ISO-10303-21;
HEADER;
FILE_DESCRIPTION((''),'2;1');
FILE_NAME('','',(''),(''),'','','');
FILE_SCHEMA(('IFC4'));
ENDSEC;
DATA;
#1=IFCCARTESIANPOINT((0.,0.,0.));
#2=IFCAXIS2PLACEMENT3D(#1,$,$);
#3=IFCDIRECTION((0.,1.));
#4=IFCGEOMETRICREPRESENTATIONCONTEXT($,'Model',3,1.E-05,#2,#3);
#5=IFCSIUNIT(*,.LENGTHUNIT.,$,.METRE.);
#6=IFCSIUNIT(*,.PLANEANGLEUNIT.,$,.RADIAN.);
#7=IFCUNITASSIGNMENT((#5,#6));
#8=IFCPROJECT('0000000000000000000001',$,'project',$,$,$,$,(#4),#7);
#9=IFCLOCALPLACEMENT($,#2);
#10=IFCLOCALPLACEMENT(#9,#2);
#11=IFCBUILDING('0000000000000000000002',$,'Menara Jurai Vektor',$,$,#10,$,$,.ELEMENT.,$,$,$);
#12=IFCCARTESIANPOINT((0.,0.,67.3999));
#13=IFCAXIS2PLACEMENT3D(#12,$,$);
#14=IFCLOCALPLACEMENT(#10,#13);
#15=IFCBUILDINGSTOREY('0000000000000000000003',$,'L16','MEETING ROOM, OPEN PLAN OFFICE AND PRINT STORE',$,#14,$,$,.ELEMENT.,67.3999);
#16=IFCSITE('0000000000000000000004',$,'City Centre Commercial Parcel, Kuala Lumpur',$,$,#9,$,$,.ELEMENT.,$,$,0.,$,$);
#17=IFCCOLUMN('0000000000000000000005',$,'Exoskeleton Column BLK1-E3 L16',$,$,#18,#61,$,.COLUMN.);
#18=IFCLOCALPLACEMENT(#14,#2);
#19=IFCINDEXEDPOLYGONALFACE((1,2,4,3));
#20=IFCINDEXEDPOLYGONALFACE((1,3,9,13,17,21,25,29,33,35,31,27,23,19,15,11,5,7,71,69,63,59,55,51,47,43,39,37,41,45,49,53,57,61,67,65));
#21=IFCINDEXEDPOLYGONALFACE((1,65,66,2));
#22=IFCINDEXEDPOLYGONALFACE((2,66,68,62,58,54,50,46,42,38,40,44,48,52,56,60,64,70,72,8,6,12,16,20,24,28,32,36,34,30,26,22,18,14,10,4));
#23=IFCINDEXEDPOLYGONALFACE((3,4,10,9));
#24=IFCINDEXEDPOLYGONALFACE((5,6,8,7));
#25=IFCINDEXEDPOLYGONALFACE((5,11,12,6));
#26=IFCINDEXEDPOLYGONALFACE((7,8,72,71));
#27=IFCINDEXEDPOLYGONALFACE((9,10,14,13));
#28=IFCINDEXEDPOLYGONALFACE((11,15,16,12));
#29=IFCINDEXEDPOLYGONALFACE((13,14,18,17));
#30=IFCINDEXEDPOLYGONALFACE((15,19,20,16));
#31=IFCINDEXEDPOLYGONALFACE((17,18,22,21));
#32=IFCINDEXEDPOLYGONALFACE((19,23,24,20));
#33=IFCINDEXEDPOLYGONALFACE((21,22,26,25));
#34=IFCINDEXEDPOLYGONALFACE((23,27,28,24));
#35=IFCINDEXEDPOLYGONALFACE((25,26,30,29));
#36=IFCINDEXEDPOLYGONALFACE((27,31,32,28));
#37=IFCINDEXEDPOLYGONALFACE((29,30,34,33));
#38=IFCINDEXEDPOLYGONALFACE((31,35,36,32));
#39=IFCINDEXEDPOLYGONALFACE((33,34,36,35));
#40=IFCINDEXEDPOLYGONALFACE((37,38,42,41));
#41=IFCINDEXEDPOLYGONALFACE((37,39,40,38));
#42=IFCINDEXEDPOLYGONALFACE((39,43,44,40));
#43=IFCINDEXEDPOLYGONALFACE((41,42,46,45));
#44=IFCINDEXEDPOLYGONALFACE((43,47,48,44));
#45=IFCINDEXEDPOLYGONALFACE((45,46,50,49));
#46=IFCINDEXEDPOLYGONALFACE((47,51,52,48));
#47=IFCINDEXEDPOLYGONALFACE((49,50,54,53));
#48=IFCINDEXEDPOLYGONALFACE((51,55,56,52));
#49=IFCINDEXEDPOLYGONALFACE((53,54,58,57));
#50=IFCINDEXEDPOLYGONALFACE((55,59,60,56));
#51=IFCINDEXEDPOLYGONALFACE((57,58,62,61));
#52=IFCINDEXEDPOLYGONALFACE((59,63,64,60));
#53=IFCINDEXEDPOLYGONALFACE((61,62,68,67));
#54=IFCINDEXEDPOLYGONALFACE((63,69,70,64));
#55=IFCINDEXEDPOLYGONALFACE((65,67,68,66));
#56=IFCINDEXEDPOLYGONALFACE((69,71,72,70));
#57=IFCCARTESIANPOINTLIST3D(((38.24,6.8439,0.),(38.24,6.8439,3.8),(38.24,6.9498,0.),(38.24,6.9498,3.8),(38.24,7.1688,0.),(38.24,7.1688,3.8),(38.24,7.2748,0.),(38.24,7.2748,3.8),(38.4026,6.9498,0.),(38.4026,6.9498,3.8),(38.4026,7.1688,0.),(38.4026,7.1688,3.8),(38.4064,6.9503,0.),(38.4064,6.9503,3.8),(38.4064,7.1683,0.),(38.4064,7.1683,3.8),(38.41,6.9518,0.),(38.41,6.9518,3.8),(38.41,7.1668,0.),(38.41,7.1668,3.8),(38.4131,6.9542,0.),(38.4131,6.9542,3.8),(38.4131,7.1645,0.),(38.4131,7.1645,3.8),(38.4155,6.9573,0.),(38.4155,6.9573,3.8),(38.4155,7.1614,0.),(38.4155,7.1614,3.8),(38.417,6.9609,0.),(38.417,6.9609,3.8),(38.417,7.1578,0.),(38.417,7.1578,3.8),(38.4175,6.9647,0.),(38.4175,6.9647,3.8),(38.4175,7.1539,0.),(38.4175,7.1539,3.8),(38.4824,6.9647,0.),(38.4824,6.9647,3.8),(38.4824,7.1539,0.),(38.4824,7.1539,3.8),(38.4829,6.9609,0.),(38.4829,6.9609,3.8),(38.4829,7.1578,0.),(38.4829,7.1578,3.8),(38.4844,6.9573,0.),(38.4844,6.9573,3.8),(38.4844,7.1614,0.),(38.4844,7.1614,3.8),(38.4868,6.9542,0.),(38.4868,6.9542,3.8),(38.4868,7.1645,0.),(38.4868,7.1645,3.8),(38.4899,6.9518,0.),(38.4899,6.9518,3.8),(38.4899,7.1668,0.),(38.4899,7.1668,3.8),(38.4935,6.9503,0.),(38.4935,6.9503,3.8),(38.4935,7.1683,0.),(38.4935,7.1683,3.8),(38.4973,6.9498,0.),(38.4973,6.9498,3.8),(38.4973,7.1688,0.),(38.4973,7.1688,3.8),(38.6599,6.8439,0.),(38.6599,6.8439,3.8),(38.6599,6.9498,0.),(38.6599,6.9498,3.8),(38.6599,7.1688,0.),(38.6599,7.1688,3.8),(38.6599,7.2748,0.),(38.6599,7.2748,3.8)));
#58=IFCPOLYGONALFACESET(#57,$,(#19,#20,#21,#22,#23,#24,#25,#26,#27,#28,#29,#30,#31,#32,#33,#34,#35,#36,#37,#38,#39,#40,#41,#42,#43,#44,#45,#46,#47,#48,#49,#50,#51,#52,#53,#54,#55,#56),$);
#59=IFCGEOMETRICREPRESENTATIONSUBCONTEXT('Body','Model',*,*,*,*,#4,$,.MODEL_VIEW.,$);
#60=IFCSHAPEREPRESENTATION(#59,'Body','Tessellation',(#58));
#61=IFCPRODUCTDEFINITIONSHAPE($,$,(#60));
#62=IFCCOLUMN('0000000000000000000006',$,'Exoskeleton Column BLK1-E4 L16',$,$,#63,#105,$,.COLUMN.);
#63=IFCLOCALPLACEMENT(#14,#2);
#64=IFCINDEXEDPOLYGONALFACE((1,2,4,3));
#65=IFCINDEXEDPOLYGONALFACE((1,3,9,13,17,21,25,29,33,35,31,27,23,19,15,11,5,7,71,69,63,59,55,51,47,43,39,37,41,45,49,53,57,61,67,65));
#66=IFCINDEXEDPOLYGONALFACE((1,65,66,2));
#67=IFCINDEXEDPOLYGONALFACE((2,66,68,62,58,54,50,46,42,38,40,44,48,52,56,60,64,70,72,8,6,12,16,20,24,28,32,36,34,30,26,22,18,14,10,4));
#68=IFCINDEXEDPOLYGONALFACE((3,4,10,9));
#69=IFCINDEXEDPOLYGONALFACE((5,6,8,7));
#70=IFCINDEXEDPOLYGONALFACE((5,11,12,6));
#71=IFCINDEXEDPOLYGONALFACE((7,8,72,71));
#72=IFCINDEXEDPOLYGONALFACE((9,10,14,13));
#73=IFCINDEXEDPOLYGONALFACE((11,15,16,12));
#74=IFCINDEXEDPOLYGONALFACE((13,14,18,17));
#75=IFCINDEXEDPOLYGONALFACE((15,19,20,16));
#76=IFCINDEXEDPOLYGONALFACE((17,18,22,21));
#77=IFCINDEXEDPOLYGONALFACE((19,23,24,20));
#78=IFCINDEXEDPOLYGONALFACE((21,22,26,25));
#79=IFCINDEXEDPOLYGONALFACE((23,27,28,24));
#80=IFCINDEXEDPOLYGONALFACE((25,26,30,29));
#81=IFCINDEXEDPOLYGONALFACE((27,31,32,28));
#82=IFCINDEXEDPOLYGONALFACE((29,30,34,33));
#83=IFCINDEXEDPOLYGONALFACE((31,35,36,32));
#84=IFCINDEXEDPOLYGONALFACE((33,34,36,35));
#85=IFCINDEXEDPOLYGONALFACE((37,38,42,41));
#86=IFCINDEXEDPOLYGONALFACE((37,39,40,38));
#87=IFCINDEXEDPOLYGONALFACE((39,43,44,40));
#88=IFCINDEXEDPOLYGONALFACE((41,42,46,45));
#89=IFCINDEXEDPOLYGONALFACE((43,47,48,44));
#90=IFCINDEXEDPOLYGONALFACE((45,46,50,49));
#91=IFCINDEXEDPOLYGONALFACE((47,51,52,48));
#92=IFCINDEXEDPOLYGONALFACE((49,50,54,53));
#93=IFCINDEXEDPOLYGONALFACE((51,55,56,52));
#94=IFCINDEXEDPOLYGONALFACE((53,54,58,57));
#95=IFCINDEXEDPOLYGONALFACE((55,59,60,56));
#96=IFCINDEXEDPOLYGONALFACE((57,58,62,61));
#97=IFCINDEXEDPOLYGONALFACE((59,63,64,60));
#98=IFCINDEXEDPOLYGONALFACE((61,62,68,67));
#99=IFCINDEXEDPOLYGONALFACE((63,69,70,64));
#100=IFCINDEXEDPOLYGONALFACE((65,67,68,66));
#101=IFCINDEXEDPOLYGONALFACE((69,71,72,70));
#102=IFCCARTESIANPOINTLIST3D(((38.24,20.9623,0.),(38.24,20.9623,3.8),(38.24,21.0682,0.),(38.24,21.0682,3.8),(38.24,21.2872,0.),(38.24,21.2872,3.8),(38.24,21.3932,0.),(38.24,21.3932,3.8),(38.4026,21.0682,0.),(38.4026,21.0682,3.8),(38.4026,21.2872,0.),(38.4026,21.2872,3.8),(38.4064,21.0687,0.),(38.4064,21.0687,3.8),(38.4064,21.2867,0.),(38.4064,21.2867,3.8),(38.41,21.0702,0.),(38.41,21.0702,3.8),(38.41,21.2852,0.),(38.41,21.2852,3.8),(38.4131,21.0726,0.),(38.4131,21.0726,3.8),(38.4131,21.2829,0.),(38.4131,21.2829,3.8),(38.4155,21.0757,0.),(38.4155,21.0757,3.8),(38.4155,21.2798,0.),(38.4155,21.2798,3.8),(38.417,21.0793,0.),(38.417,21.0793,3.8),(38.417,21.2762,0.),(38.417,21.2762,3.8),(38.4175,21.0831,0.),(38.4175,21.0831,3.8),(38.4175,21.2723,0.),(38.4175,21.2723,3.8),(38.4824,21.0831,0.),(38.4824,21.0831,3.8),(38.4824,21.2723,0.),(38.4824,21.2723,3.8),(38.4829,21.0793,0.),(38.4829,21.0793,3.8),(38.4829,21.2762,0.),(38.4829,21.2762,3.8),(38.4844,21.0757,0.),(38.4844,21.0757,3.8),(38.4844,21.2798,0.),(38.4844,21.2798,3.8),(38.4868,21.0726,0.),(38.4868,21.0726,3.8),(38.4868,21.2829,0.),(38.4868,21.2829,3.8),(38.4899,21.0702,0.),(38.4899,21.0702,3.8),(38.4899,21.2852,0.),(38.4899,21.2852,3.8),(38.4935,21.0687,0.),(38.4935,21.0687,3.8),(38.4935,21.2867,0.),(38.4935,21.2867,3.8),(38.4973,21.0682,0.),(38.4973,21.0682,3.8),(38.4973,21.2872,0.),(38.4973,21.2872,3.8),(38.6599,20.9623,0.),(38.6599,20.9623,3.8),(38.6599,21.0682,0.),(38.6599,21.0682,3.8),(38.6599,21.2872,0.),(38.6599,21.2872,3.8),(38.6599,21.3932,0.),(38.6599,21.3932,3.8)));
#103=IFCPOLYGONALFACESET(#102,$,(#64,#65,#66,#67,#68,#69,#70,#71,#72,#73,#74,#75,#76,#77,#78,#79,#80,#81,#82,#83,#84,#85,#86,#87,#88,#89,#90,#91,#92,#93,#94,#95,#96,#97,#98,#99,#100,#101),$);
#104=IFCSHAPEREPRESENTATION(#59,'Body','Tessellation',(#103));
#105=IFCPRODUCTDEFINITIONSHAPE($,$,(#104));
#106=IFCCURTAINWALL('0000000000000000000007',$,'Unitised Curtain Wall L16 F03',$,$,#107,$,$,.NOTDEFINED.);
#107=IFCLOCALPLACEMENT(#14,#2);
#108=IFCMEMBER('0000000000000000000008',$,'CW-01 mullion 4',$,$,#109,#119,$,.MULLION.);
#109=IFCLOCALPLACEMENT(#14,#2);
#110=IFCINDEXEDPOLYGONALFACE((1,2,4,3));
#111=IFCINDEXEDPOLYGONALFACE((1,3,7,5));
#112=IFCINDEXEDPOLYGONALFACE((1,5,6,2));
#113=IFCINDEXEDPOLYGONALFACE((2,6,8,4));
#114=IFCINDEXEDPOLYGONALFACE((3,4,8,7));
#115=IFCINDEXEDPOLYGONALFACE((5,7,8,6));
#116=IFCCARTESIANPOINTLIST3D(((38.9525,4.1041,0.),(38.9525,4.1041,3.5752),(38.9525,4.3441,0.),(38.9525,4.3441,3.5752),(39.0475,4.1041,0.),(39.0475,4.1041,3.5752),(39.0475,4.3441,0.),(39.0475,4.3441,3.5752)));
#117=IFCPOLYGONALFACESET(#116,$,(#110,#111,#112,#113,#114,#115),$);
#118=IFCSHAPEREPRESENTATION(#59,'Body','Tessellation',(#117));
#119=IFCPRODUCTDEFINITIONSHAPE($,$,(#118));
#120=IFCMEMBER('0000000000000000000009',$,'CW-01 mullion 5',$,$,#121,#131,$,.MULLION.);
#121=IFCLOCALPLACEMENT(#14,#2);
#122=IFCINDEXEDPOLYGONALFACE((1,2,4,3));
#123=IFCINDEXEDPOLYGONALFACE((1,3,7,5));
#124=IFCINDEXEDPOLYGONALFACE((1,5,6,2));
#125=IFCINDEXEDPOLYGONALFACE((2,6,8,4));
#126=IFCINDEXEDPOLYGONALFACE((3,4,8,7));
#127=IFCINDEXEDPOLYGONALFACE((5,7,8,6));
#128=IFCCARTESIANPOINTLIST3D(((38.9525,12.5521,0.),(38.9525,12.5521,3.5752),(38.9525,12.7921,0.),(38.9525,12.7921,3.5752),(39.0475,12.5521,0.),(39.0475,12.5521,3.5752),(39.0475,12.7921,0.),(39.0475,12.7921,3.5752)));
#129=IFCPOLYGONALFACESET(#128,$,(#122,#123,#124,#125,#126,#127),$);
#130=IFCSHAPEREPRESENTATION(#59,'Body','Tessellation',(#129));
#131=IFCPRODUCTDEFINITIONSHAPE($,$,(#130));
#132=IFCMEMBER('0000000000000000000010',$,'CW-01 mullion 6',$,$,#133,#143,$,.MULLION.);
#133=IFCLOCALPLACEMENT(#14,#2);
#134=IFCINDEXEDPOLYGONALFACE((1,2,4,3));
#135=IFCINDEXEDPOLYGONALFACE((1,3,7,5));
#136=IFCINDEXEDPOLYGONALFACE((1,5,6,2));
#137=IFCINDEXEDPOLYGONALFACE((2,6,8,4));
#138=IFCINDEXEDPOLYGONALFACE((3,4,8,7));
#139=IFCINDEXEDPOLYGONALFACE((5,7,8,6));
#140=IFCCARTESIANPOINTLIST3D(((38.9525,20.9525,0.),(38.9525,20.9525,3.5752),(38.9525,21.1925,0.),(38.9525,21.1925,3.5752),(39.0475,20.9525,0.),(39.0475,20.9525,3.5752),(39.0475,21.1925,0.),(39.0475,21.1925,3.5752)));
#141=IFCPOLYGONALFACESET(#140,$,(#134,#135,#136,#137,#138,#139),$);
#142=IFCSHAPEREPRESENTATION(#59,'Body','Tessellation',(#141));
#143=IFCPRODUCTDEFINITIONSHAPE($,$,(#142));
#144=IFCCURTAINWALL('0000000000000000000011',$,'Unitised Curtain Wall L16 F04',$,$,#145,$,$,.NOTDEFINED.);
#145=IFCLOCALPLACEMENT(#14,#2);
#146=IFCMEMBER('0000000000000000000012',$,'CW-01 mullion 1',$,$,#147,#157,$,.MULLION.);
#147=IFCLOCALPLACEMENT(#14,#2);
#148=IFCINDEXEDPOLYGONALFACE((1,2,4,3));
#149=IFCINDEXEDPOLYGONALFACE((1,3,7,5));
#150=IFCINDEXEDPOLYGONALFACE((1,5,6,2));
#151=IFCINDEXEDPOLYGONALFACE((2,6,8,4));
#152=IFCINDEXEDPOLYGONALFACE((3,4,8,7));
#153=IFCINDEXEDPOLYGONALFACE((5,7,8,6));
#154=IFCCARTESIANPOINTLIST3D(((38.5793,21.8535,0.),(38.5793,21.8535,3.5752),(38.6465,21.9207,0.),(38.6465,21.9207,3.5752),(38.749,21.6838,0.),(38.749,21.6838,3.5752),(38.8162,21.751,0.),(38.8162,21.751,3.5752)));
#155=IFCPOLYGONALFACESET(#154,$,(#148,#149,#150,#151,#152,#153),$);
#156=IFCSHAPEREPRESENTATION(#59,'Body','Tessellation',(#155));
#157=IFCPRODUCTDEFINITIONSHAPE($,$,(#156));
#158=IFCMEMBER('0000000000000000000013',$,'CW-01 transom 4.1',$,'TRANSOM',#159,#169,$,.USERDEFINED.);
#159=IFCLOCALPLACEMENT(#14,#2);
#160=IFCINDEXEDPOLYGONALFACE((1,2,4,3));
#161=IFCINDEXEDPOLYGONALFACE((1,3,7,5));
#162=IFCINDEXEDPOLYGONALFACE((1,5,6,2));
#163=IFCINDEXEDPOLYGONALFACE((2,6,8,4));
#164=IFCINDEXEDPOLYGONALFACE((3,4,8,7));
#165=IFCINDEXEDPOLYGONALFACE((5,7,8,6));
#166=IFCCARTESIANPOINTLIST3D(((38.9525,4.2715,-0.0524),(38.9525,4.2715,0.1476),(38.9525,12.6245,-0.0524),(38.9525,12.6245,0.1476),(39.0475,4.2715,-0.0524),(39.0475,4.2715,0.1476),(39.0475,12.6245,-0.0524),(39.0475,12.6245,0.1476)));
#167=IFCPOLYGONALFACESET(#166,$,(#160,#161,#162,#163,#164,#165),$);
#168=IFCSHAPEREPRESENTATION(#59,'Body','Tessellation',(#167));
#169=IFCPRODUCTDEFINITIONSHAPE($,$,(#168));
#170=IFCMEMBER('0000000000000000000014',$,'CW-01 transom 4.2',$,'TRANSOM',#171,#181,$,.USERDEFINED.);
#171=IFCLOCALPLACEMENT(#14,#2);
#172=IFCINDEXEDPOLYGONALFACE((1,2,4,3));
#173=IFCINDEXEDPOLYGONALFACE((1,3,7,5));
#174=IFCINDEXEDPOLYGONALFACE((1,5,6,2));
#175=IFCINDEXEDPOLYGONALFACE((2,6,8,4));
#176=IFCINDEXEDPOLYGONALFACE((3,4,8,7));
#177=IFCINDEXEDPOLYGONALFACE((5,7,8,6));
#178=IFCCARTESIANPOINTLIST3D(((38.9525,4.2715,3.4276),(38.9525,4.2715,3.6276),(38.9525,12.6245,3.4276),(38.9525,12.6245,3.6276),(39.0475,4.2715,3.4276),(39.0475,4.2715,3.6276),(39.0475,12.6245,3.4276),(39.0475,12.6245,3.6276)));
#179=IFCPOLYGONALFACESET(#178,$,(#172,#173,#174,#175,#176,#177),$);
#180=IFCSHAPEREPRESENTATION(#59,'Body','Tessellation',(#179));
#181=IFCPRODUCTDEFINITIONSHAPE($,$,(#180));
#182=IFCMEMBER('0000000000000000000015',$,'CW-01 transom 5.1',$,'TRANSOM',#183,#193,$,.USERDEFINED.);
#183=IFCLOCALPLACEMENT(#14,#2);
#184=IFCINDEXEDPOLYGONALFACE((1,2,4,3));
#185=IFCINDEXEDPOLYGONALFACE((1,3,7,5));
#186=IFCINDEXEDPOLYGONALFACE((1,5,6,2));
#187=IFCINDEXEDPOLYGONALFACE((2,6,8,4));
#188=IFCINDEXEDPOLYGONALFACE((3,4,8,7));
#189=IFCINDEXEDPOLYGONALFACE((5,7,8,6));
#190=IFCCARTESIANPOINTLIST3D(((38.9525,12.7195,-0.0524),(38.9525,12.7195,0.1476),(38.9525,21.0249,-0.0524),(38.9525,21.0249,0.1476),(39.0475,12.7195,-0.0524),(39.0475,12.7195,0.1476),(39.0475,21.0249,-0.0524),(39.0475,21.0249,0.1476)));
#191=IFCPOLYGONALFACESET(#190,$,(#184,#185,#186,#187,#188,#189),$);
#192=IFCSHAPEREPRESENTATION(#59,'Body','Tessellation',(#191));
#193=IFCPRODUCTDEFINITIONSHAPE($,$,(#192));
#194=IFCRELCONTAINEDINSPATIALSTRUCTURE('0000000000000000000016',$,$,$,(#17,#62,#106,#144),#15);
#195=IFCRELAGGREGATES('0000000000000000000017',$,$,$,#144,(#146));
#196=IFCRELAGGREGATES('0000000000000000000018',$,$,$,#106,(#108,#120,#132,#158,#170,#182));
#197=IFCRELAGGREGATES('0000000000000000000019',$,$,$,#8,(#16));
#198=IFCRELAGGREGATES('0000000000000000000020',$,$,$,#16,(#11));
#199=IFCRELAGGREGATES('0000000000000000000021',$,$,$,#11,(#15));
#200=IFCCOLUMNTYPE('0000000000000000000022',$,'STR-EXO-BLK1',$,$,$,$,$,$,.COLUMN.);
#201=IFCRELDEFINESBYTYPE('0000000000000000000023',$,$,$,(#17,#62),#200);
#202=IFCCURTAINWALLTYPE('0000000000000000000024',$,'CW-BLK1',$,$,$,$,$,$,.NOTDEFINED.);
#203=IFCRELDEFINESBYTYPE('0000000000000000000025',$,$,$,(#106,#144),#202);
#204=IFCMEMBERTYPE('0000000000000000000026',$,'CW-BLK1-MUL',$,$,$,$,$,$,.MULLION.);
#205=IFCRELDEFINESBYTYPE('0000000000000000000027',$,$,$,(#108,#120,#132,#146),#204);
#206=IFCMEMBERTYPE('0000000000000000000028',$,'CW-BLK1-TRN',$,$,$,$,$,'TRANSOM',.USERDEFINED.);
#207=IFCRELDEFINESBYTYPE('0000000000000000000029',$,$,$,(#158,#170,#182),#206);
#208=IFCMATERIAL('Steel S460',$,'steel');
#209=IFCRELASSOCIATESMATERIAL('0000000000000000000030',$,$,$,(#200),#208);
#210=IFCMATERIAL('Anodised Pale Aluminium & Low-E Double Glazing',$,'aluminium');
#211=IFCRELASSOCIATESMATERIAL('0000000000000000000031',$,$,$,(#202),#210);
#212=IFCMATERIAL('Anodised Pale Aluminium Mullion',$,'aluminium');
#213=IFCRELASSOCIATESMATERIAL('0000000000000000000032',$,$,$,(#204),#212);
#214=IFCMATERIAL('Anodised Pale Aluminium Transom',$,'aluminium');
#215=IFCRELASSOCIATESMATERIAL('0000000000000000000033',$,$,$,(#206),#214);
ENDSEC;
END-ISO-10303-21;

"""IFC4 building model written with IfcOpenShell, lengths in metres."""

from ifc_helpers import new_model, si_unit, direction, frame, origin, origin_2d, place, context, subcontext, project, spatial, rectangle, i_section, extrude, material, material_profile, profile_set, type_object, element, aggregate, save


model = new_model("IFC4")

# Units and contexts
model_context = context("Model", 3, precision=1e-05, world=origin(), true_north=direction((0.0, 1.0)))
body_context = subcontext(model_context, "Body", "Model", "MODEL_VIEW")
ifc_project = project(units=[si_unit("LENGTHUNIT", "METRE"), si_unit("PLANEANGLEUNIT", "RADIAN")], contexts=[model_context])

# Site, building, storey
site_placement = place(None, origin())
site = spatial("IfcSite", under=ifc_project, at=site_placement, Name="City Centre Commercial Parcel, Kuala Lumpur", CompositionType="ELEMENT", RefElevation=0.0)
building_placement = place(site_placement, origin())
building = spatial("IfcBuilding", under=site, at=building_placement, Name="Menara Jurai Vektor", CompositionType="ELEMENT")
storey_placement = place(building_placement, frame((0.0, 0.0, 67.3999)))
storey = spatial("IfcBuildingStorey", under=building, at=storey_placement, Name="L16", Description="MEETING ROOM, OPEN PLAN OFFICE AND PRINT STORE", CompositionType="ELEMENT", Elevation=67.3999)

# Columns
ifc_material_1 = material(Name="Steel S460", Category="steel")
ifc_material_profile_1 = material_profile(ifc_material_1, i_section(OverallWidth=0.4199, OverallDepth=0.4309, WebThickness=0.0649, FlangeThickness=0.106, FilletRadius=0.0149, at=origin_2d()), Name="HD 400x900")
ifc_profile_set_1 = profile_set([ifc_material_profile_1], Name="Steel S460")
column_type = type_object("IfcColumnType", Name="STR-EXO-BLK1", PredefinedType="COLUMN", material=ifc_profile_set_1)
for number, where, z_axis, x_axis, name in (
    (1, (38.45, 7.0593, 0.0), (0.0, 0.0, 1.0), (1.0, 0.0, 0.0), "Exoskeleton Column BLK1-E3 L16"),
    (2, (38.45, 21.1777, 0.0), (0.0, 0.0, 1.0), (1.0, 0.0, 0.0), "Exoskeleton Column BLK1-E4 L16"),
):
    element("IfcColumn", number, at=place(storey_placement, frame(where, z_axis=z_axis, x_axis=x_axis)), inside=storey, type_object=column_type, Name=name, PredefinedType="COLUMN", context=body_context, shape_type="SweptSolid", body=[
        extrude(i_section(OverallWidth=0.4199, OverallDepth=0.4309, WebThickness=0.0649, FlangeThickness=0.106, FilletRadius=0.0149, at=origin_2d()), origin(), (0.0, 0.0, 1.0), 3.8),
    ])

# Curtain wall, members
ifc_material_2 = material(Name="Anodised Pale Aluminium & Low-E Double Glazing", Category="aluminium")
curtain_wall_type = type_object("IfcCurtainWallType", Name="CW-BLK1", PredefinedType="NOTDEFINED", material=ifc_material_2)
curtain_wall_1_placement = place(storey_placement, origin())
curtain_wall_1 = element("IfcCurtainWall", 3, at=curtain_wall_1_placement, inside=storey, type_object=curtain_wall_type, Name="Unitised Curtain Wall L16 F03", PredefinedType="NOTDEFINED")
ifc_material_3 = material(Name="Anodised Pale Aluminium Mullion", Category="aluminium")
ifc_material_profile_2 = material_profile(ifc_material_3, rectangle(XDim=0.095, YDim=0.24, at=origin_2d()), Name="ALU MUL 95x240")
ifc_profile_set_2 = profile_set([ifc_material_profile_2], Name="Anodised Pale Aluminium Mullion")
member_type_1 = type_object("IfcMemberType", Name="CW-BLK1-MUL", PredefinedType="MULLION", material=ifc_profile_set_2)
member_1_placement = place(storey_placement, frame((39.0, 4.2241, 0.0), z_axis=(0.0, 0.0, 1.0), x_axis=(-1.0, 0.0, 0.0)))
member_1 = element("IfcMember", 4, at=member_1_placement, type_object=member_type_1, Name="CW-01 mullion 4", PredefinedType="MULLION", context=body_context, shape_type="SweptSolid", body=[
    extrude(rectangle(XDim=0.095, YDim=0.24, at=origin_2d()), origin(), (0.0, 0.0, 1.0), 3.5752),
])
member_2_placement = place(storey_placement, frame((39.0, 12.6721, 0.0), z_axis=(0.0, 0.0, 1.0), x_axis=(-1.0, 0.0, 0.0)))
member_2 = element("IfcMember", 5, at=member_2_placement, type_object=member_type_1, Name="CW-01 mullion 5", PredefinedType="MULLION", context=body_context, shape_type="SweptSolid", body=[
    extrude(rectangle(XDim=0.095, YDim=0.24, at=origin_2d()), origin(), (0.0, 0.0, 1.0), 3.5752),
])
member_3_placement = place(storey_placement, frame((39.0, 21.0725, 0.0), z_axis=(0.0, 0.0, 1.0), x_axis=(-1.0, 0.0, 0.0)))
member_3 = element("IfcMember", 6, at=member_3_placement, type_object=member_type_1, Name="CW-01 mullion 6", PredefinedType="MULLION", context=body_context, shape_type="SweptSolid", body=[
    extrude(rectangle(XDim=0.095, YDim=0.24, at=origin_2d()), origin(), (0.0, 0.0, 1.0), 3.5752),
])

# Curtain wall, member
curtain_wall_2_placement = place(storey_placement, origin())
curtain_wall_2 = element("IfcCurtainWall", 7, at=curtain_wall_2_placement, inside=storey, type_object=curtain_wall_type, Name="Unitised Curtain Wall L16 F04", PredefinedType="NOTDEFINED")
member_4_placement = place(storey_placement, frame((38.6978, 21.8022, 0.0), z_axis=(0.0, 0.0, 1.0), x_axis=(-0.707107, -0.707107, 0.0)))
member_4 = element("IfcMember", 8, at=member_4_placement, type_object=member_type_1, Name="CW-01 mullion 1", PredefinedType="MULLION", context=body_context, shape_type="SweptSolid", body=[
    extrude(rectangle(XDim=0.095, YDim=0.24, at=origin_2d()), origin(), (0.0, 0.0, 1.0), 3.5752),
])
aggregate(curtain_wall_2, [member_4])

# Members
ifc_material_4 = material(Name="Anodised Pale Aluminium Transom", Category="aluminium")
ifc_material_profile_3 = material_profile(ifc_material_4, rectangle(XDim=0.095, YDim=0.2, at=origin_2d()), Name="ALU TRN 95x200")
ifc_profile_set_3 = profile_set([ifc_material_profile_3], Name="Anodised Pale Aluminium Transom")
member_type_2 = type_object("IfcMemberType", Name="CW-BLK1-TRN", ElementType="TRANSOM", PredefinedType="USERDEFINED", material=ifc_profile_set_3)
member_5_placement = place(storey_placement, frame((39.0, 4.2715, 0.0476), z_axis=(0.0, 1.0, 0.0), x_axis=(-1.0, 0.0, 0.0)))
member_5 = element("IfcMember", 9, at=member_5_placement, type_object=member_type_2, Name="CW-01 transom 4.1", ObjectType="TRANSOM", PredefinedType="USERDEFINED", context=body_context, shape_type="SweptSolid", body=[
    extrude(rectangle(XDim=0.095, YDim=0.2, at=origin_2d()), origin(), (0.0, 0.0, 1.0), 8.353),
])
member_6_placement = place(storey_placement, frame((39.0, 4.2715, 3.5276), z_axis=(0.0, 1.0, 0.0), x_axis=(-1.0, 0.0, 0.0)))
member_6 = element("IfcMember", 10, at=member_6_placement, type_object=member_type_2, Name="CW-01 transom 4.2", ObjectType="TRANSOM", PredefinedType="USERDEFINED", context=body_context, shape_type="SweptSolid", body=[
    extrude(rectangle(XDim=0.095, YDim=0.2, at=origin_2d()), origin(), (0.0, 0.0, 1.0), 8.353),
])
member_7_placement = place(storey_placement, frame((39.0, 12.7195, 0.0476), z_axis=(0.0, 1.0, 0.0), x_axis=(-1.0, 0.0, 0.0)))
member_7 = element("IfcMember", 11, at=member_7_placement, type_object=member_type_2, Name="CW-01 transom 5.1", ObjectType="TRANSOM", PredefinedType="USERDEFINED", context=body_context, shape_type="SweptSolid", body=[
    extrude(rectangle(XDim=0.095, YDim=0.2, at=origin_2d()), origin(), (0.0, 0.0, 1.0), 8.3054),
])

aggregate(curtain_wall_1, [member_1, member_2, member_3, member_5, member_6, member_7])

save(model, "model.ifc")
